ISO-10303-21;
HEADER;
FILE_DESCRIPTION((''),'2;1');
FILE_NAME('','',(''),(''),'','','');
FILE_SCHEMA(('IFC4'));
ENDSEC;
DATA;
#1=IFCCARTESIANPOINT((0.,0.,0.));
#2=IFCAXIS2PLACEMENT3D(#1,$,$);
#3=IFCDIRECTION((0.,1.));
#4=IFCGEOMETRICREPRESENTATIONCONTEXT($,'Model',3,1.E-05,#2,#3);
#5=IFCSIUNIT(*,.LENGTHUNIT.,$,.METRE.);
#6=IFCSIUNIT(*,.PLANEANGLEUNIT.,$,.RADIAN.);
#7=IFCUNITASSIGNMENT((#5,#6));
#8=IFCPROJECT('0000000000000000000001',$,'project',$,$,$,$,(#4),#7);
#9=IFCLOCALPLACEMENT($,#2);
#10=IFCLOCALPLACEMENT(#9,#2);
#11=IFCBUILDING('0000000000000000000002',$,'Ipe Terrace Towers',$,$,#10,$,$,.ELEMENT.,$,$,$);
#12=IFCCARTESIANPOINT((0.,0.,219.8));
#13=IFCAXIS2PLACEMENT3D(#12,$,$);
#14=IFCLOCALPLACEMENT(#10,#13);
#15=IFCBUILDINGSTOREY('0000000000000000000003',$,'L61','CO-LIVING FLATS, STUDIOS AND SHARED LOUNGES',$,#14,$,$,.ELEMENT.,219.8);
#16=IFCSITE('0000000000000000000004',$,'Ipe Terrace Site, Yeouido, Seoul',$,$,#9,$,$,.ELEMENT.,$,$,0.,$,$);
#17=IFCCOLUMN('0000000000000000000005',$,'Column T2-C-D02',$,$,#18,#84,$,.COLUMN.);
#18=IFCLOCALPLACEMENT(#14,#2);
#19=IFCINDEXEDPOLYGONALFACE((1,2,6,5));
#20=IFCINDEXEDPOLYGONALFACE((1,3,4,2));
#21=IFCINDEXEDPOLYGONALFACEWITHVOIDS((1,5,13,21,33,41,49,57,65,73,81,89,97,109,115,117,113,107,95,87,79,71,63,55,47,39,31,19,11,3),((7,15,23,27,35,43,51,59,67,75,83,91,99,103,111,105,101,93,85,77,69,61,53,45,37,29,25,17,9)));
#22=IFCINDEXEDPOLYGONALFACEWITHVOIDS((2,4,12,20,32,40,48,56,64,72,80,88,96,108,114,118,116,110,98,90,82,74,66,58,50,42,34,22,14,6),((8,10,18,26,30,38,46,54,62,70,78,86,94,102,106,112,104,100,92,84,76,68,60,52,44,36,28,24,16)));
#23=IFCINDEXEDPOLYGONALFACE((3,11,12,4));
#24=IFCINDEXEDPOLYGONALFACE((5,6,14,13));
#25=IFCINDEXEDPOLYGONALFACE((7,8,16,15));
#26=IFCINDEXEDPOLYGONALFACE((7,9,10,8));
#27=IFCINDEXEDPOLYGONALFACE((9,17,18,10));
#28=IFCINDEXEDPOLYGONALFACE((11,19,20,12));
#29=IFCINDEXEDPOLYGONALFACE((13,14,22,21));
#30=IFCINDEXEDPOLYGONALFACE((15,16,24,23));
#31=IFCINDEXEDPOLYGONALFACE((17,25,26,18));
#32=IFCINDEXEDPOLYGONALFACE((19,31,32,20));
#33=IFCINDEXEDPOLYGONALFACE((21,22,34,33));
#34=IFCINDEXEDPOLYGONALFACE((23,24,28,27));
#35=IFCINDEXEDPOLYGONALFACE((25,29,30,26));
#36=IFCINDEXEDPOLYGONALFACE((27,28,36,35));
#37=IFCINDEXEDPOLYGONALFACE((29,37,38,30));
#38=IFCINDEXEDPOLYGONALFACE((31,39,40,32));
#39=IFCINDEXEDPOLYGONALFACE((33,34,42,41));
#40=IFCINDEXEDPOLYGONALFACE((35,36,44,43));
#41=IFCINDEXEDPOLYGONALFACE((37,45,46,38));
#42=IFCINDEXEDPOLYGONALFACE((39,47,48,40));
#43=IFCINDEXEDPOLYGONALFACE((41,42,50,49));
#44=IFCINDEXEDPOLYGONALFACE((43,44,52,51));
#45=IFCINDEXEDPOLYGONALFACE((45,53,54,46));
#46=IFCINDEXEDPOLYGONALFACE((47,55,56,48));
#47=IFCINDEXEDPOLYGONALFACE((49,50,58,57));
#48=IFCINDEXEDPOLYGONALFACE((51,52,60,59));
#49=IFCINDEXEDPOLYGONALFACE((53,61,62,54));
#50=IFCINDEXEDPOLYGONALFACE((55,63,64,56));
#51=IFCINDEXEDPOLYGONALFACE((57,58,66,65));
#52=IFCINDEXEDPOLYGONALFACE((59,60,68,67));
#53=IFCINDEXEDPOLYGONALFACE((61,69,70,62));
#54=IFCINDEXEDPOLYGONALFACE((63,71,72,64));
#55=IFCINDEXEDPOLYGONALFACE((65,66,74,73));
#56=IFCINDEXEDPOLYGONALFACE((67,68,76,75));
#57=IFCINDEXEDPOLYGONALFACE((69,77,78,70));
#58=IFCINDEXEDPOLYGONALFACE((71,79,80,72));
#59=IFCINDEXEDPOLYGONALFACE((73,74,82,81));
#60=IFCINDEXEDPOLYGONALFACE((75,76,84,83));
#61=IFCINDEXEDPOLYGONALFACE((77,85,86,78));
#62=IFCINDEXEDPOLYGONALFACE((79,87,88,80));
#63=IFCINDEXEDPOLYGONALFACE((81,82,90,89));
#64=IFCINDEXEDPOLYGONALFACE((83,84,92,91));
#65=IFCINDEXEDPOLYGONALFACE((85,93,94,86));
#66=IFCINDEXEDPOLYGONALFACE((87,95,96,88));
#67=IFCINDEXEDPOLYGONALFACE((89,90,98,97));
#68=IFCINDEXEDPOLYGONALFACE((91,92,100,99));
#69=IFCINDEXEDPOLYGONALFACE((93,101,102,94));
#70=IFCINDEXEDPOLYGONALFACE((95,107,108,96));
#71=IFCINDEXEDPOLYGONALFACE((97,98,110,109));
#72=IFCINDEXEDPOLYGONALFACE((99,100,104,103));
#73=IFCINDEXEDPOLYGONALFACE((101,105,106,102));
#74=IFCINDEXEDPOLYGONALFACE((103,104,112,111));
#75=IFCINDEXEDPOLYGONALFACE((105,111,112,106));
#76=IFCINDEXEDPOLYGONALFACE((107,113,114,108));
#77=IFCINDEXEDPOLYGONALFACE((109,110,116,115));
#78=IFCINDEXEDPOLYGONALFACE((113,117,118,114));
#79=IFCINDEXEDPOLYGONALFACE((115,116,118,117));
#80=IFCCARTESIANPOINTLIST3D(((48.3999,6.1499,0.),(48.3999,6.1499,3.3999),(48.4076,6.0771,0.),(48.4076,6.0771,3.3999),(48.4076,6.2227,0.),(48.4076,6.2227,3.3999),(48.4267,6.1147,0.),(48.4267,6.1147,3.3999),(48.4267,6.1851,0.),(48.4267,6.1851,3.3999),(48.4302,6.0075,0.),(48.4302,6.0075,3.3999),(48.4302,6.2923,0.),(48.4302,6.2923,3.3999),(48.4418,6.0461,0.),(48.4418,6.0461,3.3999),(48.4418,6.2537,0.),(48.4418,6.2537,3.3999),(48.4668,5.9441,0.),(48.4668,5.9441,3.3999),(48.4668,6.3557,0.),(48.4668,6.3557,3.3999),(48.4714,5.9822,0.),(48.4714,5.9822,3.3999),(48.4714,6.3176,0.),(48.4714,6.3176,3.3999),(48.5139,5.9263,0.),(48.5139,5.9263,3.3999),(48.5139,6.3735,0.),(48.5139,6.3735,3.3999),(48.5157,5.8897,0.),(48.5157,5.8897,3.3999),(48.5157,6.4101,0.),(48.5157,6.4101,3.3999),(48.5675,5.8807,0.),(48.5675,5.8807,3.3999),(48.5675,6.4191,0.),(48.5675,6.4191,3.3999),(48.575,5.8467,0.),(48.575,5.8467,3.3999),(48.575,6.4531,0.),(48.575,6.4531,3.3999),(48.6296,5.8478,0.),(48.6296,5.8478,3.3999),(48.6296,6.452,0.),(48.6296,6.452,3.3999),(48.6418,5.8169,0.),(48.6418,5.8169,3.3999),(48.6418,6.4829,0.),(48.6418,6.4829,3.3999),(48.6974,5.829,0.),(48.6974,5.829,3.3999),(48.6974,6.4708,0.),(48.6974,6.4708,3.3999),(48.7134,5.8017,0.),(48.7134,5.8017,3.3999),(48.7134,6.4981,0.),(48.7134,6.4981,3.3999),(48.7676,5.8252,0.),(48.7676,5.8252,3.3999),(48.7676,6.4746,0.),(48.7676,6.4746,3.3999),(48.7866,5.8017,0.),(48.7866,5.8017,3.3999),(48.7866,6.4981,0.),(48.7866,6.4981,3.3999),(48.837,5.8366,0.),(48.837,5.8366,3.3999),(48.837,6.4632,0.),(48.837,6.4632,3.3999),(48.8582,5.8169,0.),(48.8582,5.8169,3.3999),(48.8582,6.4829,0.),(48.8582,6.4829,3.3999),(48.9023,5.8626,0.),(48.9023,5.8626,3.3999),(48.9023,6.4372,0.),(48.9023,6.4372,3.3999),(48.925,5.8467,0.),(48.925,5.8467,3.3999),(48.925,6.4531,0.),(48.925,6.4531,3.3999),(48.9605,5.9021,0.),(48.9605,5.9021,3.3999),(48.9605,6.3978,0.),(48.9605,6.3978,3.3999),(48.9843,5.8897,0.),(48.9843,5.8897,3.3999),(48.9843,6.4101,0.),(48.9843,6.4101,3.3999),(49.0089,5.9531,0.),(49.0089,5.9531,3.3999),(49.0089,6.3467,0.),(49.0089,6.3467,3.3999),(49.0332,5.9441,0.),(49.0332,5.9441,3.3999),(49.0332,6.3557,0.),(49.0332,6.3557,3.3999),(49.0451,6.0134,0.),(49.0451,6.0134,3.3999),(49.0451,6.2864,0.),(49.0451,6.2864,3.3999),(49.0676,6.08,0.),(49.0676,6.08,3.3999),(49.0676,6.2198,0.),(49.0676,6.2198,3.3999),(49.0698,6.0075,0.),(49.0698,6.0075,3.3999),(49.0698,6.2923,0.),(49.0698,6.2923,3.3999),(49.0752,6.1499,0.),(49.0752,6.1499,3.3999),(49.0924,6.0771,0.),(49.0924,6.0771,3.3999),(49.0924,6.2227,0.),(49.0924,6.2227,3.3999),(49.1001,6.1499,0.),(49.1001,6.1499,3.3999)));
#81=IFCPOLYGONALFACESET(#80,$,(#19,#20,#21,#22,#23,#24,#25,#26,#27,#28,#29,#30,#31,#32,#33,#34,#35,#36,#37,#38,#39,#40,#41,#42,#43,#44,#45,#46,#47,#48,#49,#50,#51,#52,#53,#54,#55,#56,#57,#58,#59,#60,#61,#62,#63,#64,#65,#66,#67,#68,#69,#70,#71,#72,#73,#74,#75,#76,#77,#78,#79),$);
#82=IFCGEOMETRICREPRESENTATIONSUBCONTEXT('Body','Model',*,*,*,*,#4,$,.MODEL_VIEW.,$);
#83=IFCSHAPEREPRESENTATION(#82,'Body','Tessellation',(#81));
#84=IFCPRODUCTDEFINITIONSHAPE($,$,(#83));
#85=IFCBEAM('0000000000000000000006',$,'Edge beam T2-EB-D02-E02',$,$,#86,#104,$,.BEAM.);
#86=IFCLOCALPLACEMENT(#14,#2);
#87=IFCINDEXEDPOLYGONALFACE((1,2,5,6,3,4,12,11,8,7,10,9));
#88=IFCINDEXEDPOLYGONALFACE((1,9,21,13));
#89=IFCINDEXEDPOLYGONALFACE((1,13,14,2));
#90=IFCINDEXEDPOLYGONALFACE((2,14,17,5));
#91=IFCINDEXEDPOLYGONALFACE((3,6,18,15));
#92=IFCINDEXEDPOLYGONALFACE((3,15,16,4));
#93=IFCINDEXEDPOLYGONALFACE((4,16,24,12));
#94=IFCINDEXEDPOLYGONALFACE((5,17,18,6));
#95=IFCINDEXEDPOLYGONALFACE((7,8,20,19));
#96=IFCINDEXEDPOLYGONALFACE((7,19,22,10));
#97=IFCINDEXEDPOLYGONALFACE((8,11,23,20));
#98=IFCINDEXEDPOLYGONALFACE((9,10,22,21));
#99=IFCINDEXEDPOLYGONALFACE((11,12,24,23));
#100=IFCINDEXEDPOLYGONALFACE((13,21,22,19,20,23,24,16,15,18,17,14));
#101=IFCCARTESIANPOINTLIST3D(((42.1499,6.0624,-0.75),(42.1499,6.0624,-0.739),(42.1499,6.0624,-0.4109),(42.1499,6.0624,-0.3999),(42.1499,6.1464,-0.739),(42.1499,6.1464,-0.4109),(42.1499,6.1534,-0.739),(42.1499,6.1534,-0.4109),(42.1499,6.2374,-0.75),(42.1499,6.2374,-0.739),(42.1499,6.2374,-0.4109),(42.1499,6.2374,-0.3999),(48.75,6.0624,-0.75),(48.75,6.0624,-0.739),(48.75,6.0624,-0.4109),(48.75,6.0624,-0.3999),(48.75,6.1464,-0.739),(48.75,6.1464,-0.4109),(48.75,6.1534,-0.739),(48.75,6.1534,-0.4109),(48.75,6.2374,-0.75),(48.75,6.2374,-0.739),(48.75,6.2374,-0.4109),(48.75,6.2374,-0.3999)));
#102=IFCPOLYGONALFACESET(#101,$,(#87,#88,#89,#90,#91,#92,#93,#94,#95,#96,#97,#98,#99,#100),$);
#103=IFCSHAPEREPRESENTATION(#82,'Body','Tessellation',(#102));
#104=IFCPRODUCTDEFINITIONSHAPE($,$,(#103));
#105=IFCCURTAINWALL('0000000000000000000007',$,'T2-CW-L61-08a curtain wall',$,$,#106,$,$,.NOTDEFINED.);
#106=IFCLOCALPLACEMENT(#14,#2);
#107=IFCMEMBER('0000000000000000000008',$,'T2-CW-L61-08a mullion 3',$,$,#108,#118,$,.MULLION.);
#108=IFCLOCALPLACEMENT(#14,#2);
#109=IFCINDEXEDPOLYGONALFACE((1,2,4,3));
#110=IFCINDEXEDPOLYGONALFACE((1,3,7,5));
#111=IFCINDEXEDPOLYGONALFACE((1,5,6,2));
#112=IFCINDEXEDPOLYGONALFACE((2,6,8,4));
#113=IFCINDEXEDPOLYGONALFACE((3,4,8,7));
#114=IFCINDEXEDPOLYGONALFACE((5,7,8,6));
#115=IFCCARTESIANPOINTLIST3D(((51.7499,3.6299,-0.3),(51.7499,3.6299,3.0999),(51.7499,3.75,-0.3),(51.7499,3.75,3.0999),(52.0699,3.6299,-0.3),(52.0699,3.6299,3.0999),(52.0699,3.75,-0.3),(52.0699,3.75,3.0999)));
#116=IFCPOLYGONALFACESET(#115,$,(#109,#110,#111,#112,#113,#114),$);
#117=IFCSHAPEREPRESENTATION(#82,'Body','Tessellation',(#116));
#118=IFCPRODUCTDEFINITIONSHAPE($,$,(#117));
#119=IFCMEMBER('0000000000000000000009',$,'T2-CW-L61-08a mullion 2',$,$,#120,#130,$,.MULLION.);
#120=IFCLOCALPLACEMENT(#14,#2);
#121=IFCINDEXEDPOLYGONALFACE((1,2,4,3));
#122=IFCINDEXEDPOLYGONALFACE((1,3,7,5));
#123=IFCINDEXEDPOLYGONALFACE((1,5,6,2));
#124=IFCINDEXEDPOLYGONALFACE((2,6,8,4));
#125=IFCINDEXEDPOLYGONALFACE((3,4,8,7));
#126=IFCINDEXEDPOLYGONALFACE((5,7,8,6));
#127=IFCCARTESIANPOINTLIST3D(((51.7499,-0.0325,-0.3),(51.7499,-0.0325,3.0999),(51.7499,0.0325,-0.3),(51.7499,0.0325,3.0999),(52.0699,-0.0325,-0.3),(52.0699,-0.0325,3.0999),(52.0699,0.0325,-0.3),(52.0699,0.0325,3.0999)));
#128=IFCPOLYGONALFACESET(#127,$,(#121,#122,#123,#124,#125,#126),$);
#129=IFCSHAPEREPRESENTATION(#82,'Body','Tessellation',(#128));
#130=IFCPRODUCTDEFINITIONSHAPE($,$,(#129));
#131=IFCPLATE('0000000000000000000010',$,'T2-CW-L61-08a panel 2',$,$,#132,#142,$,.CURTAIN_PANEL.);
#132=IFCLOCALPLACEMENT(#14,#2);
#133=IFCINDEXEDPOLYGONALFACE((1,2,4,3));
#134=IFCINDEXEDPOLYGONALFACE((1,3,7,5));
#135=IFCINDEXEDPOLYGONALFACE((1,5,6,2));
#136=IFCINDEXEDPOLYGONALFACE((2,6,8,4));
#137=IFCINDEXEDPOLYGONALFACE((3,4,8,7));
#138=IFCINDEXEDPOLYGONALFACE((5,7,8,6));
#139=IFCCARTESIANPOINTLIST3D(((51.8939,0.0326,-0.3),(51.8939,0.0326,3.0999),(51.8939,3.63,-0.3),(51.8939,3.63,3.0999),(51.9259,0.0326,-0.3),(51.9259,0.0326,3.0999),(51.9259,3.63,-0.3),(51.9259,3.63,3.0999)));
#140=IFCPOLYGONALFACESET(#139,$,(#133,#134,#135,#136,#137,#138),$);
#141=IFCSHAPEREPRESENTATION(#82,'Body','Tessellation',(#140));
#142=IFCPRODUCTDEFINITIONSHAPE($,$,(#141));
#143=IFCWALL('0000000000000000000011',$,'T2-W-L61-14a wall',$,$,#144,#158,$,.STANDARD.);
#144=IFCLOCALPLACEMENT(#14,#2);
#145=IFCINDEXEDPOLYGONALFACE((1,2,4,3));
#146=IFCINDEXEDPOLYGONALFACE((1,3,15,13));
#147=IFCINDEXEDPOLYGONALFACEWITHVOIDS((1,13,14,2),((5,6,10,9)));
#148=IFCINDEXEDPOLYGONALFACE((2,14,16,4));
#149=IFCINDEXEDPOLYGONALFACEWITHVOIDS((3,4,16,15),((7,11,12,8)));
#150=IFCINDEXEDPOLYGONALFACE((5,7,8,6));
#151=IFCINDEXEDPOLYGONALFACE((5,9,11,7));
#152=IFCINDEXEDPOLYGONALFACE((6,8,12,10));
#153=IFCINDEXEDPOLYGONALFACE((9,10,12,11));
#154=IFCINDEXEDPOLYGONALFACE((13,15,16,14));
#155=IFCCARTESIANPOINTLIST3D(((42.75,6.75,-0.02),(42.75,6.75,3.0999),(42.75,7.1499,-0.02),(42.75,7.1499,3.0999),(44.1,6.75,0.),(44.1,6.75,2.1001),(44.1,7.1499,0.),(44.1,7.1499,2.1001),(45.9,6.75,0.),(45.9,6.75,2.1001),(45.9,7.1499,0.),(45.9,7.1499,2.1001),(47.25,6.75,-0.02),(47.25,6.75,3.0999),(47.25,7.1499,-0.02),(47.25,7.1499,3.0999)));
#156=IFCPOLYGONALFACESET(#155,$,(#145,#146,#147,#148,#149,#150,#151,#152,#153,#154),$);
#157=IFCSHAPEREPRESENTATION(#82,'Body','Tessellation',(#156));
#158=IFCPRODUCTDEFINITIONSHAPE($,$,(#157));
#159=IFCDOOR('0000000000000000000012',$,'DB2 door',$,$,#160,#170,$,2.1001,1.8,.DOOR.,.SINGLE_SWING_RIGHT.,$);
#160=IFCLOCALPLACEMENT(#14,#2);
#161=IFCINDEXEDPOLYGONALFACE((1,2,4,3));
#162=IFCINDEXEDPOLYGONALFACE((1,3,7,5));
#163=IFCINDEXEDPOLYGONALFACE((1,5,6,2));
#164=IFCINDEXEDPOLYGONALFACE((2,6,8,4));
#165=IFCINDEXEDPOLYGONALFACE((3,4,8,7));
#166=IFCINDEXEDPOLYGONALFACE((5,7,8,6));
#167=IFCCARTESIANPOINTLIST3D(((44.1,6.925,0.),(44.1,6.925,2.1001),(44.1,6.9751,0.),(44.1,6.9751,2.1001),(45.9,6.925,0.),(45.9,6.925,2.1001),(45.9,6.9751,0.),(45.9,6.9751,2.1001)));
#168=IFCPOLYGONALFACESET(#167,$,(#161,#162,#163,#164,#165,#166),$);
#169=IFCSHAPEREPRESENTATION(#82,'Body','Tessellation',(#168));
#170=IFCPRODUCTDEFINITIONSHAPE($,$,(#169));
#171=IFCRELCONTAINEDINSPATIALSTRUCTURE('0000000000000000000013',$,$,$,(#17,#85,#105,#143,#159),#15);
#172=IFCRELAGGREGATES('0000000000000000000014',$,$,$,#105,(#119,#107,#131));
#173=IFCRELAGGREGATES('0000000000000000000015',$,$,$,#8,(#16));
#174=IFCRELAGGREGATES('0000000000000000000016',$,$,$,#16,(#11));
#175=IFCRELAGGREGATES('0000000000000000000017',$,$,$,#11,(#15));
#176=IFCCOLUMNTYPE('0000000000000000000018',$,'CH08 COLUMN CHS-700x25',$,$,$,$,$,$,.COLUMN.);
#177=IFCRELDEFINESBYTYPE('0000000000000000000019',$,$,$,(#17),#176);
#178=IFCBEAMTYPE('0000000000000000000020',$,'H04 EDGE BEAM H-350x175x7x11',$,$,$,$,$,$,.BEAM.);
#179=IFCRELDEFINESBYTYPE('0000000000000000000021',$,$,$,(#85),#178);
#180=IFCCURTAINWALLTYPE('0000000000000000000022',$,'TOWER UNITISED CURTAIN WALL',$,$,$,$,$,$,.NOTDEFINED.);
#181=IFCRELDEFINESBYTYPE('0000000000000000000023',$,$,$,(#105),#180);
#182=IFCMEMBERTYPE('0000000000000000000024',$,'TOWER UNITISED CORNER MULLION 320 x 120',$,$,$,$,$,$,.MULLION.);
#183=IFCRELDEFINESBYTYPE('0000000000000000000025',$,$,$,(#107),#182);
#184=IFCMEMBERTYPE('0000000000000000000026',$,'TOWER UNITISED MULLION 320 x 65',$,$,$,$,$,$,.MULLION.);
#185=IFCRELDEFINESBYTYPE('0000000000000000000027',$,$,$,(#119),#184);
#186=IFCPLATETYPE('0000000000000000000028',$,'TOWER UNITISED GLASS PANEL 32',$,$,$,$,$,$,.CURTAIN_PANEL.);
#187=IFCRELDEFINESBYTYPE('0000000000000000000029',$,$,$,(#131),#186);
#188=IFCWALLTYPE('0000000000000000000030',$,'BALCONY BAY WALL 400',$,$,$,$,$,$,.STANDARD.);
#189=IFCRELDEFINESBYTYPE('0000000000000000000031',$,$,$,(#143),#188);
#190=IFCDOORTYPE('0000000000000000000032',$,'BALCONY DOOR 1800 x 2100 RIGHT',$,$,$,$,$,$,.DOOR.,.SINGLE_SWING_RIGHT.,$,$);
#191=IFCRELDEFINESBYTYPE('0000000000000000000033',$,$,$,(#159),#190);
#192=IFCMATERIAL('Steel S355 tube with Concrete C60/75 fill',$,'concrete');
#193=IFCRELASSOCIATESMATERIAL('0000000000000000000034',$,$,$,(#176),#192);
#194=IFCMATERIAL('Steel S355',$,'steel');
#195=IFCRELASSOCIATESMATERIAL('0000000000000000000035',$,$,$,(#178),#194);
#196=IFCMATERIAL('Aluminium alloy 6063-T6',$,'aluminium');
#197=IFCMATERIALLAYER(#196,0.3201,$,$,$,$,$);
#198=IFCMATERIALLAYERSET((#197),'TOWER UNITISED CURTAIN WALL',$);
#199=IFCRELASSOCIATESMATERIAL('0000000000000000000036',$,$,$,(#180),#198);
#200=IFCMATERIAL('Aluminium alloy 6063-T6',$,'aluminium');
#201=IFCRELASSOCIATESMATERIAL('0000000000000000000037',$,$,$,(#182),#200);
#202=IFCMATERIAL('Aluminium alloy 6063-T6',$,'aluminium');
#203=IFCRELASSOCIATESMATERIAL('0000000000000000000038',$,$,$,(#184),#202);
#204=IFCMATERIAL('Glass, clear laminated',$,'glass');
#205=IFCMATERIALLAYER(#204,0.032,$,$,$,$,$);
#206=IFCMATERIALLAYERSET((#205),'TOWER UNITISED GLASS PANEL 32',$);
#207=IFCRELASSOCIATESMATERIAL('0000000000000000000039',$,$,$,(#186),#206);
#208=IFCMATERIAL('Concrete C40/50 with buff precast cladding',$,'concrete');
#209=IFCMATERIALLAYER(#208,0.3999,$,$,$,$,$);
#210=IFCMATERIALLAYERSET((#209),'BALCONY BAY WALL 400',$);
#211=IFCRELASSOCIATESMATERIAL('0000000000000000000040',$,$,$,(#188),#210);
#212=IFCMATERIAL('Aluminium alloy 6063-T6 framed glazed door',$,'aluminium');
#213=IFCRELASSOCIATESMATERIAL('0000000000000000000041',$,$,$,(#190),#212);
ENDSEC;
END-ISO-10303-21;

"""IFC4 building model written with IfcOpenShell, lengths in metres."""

from ifc_helpers import new_model, si_unit, direction, frame, frame_2d, origin, origin_2d, place, context, subcontext, project, spatial, rectangle, hollow_circle, i_section, extrude, material, layer, layer_set, material_profile, profile_set, type_object, element, fill, aggregate, save


model = new_model("IFC4")

# Units and contexts
model_context = context("Model", 3, precision=1e-05, world=origin(), true_north=direction((0.0, 1.0)))
body_context = subcontext(model_context, "Body", "Model", "MODEL_VIEW")
ifc_project = project(units=[si_unit("LENGTHUNIT", "METRE"), si_unit("PLANEANGLEUNIT", "RADIAN")], contexts=[model_context])

# Site, building, storey
site_placement = place(None, origin())
site = spatial("IfcSite", under=ifc_project, at=site_placement, Name="Ipe Terrace Site, Yeouido, Seoul", CompositionType="ELEMENT", RefElevation=0.0)
building_placement = place(site_placement, origin())
building = spatial("IfcBuilding", under=site, at=building_placement, Name="Ipe Terrace Towers", CompositionType="ELEMENT")
storey_placement = place(building_placement, frame((0.0, 0.0, 219.8)))
storey = spatial("IfcBuildingStorey", under=building, at=storey_placement, Name="L61", Description="CO-LIVING FLATS, STUDIOS AND SHARED LOUNGES", CompositionType="ELEMENT", Elevation=219.8)

# Column
ifc_material_1 = material(Name="Steel S355 tube with Concrete C60/75 fill", Category="concrete")
ifc_material_profile_1 = material_profile(ifc_material_1, hollow_circle(Radius=0.3501, WallThickness=0.0249, at=origin_2d()), Name="CHS-700x25")
ifc_profile_set_1 = profile_set([ifc_material_profile_1], Name="Steel S355 tube with Concrete C60/75 fill")
column_type = type_object("IfcColumnType", Name="CH08 COLUMN CHS-700x25", PredefinedType="COLUMN", material=ifc_profile_set_1)
column_placement = place(storey_placement, frame((48.75, 6.1499, 0.0), z_axis=(0.0, 0.0, 1.0), x_axis=(1.0, 0.0, 0.0)))
element("IfcColumn", 1, at=column_placement, inside=storey, type_object=column_type, Name="Column T2-C-D02", PredefinedType="COLUMN", context=body_context, shape_type="SweptSolid", body=[
    extrude(hollow_circle(Radius=0.3501, WallThickness=0.0249, at=origin_2d()), origin(), (0.0, 0.0, 1.0), 3.3999),
])

# Beam
ifc_material_2 = material(Name="Steel S355", Category="steel")
ifc_material_profile_2 = material_profile(ifc_material_2, i_section(OverallWidth=0.175, OverallDepth=0.3501, WebThickness=0.0071, FlangeThickness=0.011, at=origin_2d()), Name="H-350x175x7x11")
ifc_profile_set_2 = profile_set([ifc_material_profile_2], Name="Steel S355")
beam_type = type_object("IfcBeamType", Name="H04 EDGE BEAM H-350x175x7x11", PredefinedType="BEAM", material=ifc_profile_set_2)
beam_placement = place(storey_placement, frame((48.75, 6.1499, -0.575), z_axis=(-1.0, 0.0, 0.0), x_axis=(0.0, -1.0, 0.0)))
element("IfcBeam", 2, at=beam_placement, inside=storey, type_object=beam_type, Name="Edge beam T2-EB-D02-E02", PredefinedType="BEAM", context=body_context, shape_type="SweptSolid", body=[
    extrude(i_section(OverallWidth=0.175, OverallDepth=0.3501, WebThickness=0.0071, FlangeThickness=0.011, at=origin_2d()), origin(), (0.0, 0.0, 1.0), 6.6001),
])

# Curtain wall, members, plate
ifc_material_3 = material(Name="Aluminium alloy 6063-T6", Category="aluminium")
ifc_layer_1 = layer(ifc_material_3, 0.3201)
ifc_layer_set_1 = layer_set([ifc_layer_1], Name="TOWER UNITISED CURTAIN WALL")
curtain_wall_type = type_object("IfcCurtainWallType", Name="TOWER UNITISED CURTAIN WALL", PredefinedType="NOTDEFINED", material=ifc_layer_set_1)
curtain_wall_placement = place(storey_placement, origin())
curtain_wall = element("IfcCurtainWall", 3, at=curtain_wall_placement, inside=storey, type_object=curtain_wall_type, Name="T2-CW-L61-08a curtain wall", PredefinedType="NOTDEFINED")
ifc_material_4 = material(Name="Aluminium alloy 6063-T6", Category="aluminium")
ifc_material_profile_3 = material_profile(ifc_material_4, rectangle(XDim=0.3201, YDim=0.1201, at=origin_2d()), Name="TOWER UNITISED CORNER MULLION 320 x 120")
ifc_profile_set_3 = profile_set([ifc_material_profile_3], Name="Aluminium alloy 6063-T6")
member_type_1 = type_object("IfcMemberType", Name="TOWER UNITISED CORNER MULLION 320 x 120", PredefinedType="MULLION", material=ifc_profile_set_3)
member_1_placement = place(storey_placement, frame((51.9099, 3.6899, -0.3), z_axis=(0.0, 0.0, 1.0), x_axis=(1.0, 0.0, 0.0)))
member_1 = element("IfcMember", 4, at=member_1_placement, type_object=member_type_1, Name="T2-CW-L61-08a mullion 3", PredefinedType="MULLION", context=body_context, shape_type="SweptSolid", body=[
    extrude(rectangle(XDim=0.3201, YDim=0.1201, at=origin_2d()), origin(), (0.0, 0.0, 1.0), 3.3999),
])
ifc_material_5 = material(Name="Aluminium alloy 6063-T6", Category="aluminium")
ifc_material_profile_4 = material_profile(ifc_material_5, rectangle(XDim=0.3201, YDim=0.0649, at=origin_2d()), Name="TOWER UNITISED MULLION 320 x 65")
ifc_profile_set_4 = profile_set([ifc_material_profile_4], Name="Aluminium alloy 6063-T6")
member_type_2 = type_object("IfcMemberType", Name="TOWER UNITISED MULLION 320 x 65", PredefinedType="MULLION", material=ifc_profile_set_4)
member_2_placement = place(storey_placement, frame((51.9099, 0.0, -0.3), z_axis=(0.0, 0.0, 1.0), x_axis=(1.0, 0.0, 0.0)))
member_2 = element("IfcMember", 5, at=member_2_placement, type_object=member_type_2, Name="T2-CW-L61-08a mullion 2", PredefinedType="MULLION", context=body_context, shape_type="SweptSolid", body=[
    extrude(rectangle(XDim=0.3201, YDim=0.0649, at=origin_2d()), origin(), (0.0, 0.0, 1.0), 3.3999),
])
ifc_material_6 = material(Name="Glass, clear laminated", Category="glass")
ifc_layer_2 = layer(ifc_material_6, 0.032)
ifc_layer_set_2 = layer_set([ifc_layer_2], Name="TOWER UNITISED GLASS PANEL 32")
plate_type = type_object("IfcPlateType", Name="TOWER UNITISED GLASS PANEL 32", PredefinedType="CURTAIN_PANEL", material=ifc_layer_set_2)
plate_placement = place(storey_placement, frame((51.9099, 1.8313, -0.3), z_axis=(0.0, 0.0, 1.0), x_axis=(0.0, 1.0, 0.0)))
plate = element("IfcPlate", 6, at=plate_placement, type_object=plate_type, Name="T2-CW-L61-08a panel 2", PredefinedType="CURTAIN_PANEL", context=body_context, shape_type="SweptSolid", body=[
    extrude(rectangle(XDim=3.5974, YDim=0.032, at=origin_2d()), origin(), (0.0, 0.0, 1.0), 3.3999),
])
aggregate(curtain_wall, [member_2, member_1, plate])

# Wall, opening, door
ifc_material_7 = material(Name="Concrete C40/50 with buff precast cladding", Category="concrete")
ifc_layer_3 = layer(ifc_material_7, 0.3999)
ifc_layer_set_3 = layer_set([ifc_layer_3], Name="BALCONY BAY WALL 400")
wall_type_1 = type_object("IfcWallType", Name="BALCONY BAY WALL 400", PredefinedType="STANDARD", material=ifc_layer_set_3)
wall_1_placement = place(storey_placement, frame((47.25, 6.95, -0.02), z_axis=(0.0, 0.0, 1.0), x_axis=(-1.0, 0.0, 0.0)))
wall_1 = element("IfcWall", 7, at=wall_1_placement, inside=storey, type_object=wall_type_1, Name="T2-W-L61-14a wall", PredefinedType="STANDARD", context=body_context, shape_type="SweptSolid", body=[
    extrude(rectangle(XDim=4.5, YDim=0.3999, at=frame_2d((2.25, 0.0))), origin(), (0.0, 0.0, 1.0), 3.1199),
])
opening_1_placement = place(wall_1_placement, frame((1.3501, 0.0, 0.02)))
opening_1 = element("IfcOpeningElement", 8, at=opening_1_placement, cuts=wall_1, PredefinedType="OPENING", context=body_context, shape_type="SweptSolid", body=[
    extrude(rectangle(XDim=1.8, YDim=2.1001, at=frame_2d((0.8999, 1.05))), frame((0.0, 0.21, 0.0), z_axis=(0.0, -1.0, 0.0), x_axis=(1.0, 0.0, 0.0)), (0.0, 0.0, 1.0), 0.4199),
])
ifc_material_8 = material(Name="Aluminium alloy 6063-T6 framed glazed door", Category="aluminium")
door_type_1 = type_object("IfcDoorType", Name="BALCONY DOOR 1800 x 2100 RIGHT", OperationType="SINGLE_SWING_RIGHT", PredefinedType="DOOR", material=ifc_material_8)
door_1_placement = place(opening_1_placement, origin())
door_1 = element("IfcDoor", 9, at=door_1_placement, inside=storey, type_object=door_type_1, Name="DB2 door", OperationType="SINGLE_SWING_RIGHT", OverallHeight=2.1001, OverallWidth=1.8, PredefinedType="DOOR", context=body_context, shape_type="SweptSolid", body=[
    extrude(rectangle(XDim=1.8, YDim=2.1001, at=frame_2d((0.8999, 1.05))), frame((0.0, 0.0249, 0.0), z_axis=(0.0, -1.0, 0.0), x_axis=(1.0, 0.0, 0.0)), (0.0, 0.0, 1.0), 0.05),
])
fill(opening_1, door_1)

save(model, "model.ifc")
